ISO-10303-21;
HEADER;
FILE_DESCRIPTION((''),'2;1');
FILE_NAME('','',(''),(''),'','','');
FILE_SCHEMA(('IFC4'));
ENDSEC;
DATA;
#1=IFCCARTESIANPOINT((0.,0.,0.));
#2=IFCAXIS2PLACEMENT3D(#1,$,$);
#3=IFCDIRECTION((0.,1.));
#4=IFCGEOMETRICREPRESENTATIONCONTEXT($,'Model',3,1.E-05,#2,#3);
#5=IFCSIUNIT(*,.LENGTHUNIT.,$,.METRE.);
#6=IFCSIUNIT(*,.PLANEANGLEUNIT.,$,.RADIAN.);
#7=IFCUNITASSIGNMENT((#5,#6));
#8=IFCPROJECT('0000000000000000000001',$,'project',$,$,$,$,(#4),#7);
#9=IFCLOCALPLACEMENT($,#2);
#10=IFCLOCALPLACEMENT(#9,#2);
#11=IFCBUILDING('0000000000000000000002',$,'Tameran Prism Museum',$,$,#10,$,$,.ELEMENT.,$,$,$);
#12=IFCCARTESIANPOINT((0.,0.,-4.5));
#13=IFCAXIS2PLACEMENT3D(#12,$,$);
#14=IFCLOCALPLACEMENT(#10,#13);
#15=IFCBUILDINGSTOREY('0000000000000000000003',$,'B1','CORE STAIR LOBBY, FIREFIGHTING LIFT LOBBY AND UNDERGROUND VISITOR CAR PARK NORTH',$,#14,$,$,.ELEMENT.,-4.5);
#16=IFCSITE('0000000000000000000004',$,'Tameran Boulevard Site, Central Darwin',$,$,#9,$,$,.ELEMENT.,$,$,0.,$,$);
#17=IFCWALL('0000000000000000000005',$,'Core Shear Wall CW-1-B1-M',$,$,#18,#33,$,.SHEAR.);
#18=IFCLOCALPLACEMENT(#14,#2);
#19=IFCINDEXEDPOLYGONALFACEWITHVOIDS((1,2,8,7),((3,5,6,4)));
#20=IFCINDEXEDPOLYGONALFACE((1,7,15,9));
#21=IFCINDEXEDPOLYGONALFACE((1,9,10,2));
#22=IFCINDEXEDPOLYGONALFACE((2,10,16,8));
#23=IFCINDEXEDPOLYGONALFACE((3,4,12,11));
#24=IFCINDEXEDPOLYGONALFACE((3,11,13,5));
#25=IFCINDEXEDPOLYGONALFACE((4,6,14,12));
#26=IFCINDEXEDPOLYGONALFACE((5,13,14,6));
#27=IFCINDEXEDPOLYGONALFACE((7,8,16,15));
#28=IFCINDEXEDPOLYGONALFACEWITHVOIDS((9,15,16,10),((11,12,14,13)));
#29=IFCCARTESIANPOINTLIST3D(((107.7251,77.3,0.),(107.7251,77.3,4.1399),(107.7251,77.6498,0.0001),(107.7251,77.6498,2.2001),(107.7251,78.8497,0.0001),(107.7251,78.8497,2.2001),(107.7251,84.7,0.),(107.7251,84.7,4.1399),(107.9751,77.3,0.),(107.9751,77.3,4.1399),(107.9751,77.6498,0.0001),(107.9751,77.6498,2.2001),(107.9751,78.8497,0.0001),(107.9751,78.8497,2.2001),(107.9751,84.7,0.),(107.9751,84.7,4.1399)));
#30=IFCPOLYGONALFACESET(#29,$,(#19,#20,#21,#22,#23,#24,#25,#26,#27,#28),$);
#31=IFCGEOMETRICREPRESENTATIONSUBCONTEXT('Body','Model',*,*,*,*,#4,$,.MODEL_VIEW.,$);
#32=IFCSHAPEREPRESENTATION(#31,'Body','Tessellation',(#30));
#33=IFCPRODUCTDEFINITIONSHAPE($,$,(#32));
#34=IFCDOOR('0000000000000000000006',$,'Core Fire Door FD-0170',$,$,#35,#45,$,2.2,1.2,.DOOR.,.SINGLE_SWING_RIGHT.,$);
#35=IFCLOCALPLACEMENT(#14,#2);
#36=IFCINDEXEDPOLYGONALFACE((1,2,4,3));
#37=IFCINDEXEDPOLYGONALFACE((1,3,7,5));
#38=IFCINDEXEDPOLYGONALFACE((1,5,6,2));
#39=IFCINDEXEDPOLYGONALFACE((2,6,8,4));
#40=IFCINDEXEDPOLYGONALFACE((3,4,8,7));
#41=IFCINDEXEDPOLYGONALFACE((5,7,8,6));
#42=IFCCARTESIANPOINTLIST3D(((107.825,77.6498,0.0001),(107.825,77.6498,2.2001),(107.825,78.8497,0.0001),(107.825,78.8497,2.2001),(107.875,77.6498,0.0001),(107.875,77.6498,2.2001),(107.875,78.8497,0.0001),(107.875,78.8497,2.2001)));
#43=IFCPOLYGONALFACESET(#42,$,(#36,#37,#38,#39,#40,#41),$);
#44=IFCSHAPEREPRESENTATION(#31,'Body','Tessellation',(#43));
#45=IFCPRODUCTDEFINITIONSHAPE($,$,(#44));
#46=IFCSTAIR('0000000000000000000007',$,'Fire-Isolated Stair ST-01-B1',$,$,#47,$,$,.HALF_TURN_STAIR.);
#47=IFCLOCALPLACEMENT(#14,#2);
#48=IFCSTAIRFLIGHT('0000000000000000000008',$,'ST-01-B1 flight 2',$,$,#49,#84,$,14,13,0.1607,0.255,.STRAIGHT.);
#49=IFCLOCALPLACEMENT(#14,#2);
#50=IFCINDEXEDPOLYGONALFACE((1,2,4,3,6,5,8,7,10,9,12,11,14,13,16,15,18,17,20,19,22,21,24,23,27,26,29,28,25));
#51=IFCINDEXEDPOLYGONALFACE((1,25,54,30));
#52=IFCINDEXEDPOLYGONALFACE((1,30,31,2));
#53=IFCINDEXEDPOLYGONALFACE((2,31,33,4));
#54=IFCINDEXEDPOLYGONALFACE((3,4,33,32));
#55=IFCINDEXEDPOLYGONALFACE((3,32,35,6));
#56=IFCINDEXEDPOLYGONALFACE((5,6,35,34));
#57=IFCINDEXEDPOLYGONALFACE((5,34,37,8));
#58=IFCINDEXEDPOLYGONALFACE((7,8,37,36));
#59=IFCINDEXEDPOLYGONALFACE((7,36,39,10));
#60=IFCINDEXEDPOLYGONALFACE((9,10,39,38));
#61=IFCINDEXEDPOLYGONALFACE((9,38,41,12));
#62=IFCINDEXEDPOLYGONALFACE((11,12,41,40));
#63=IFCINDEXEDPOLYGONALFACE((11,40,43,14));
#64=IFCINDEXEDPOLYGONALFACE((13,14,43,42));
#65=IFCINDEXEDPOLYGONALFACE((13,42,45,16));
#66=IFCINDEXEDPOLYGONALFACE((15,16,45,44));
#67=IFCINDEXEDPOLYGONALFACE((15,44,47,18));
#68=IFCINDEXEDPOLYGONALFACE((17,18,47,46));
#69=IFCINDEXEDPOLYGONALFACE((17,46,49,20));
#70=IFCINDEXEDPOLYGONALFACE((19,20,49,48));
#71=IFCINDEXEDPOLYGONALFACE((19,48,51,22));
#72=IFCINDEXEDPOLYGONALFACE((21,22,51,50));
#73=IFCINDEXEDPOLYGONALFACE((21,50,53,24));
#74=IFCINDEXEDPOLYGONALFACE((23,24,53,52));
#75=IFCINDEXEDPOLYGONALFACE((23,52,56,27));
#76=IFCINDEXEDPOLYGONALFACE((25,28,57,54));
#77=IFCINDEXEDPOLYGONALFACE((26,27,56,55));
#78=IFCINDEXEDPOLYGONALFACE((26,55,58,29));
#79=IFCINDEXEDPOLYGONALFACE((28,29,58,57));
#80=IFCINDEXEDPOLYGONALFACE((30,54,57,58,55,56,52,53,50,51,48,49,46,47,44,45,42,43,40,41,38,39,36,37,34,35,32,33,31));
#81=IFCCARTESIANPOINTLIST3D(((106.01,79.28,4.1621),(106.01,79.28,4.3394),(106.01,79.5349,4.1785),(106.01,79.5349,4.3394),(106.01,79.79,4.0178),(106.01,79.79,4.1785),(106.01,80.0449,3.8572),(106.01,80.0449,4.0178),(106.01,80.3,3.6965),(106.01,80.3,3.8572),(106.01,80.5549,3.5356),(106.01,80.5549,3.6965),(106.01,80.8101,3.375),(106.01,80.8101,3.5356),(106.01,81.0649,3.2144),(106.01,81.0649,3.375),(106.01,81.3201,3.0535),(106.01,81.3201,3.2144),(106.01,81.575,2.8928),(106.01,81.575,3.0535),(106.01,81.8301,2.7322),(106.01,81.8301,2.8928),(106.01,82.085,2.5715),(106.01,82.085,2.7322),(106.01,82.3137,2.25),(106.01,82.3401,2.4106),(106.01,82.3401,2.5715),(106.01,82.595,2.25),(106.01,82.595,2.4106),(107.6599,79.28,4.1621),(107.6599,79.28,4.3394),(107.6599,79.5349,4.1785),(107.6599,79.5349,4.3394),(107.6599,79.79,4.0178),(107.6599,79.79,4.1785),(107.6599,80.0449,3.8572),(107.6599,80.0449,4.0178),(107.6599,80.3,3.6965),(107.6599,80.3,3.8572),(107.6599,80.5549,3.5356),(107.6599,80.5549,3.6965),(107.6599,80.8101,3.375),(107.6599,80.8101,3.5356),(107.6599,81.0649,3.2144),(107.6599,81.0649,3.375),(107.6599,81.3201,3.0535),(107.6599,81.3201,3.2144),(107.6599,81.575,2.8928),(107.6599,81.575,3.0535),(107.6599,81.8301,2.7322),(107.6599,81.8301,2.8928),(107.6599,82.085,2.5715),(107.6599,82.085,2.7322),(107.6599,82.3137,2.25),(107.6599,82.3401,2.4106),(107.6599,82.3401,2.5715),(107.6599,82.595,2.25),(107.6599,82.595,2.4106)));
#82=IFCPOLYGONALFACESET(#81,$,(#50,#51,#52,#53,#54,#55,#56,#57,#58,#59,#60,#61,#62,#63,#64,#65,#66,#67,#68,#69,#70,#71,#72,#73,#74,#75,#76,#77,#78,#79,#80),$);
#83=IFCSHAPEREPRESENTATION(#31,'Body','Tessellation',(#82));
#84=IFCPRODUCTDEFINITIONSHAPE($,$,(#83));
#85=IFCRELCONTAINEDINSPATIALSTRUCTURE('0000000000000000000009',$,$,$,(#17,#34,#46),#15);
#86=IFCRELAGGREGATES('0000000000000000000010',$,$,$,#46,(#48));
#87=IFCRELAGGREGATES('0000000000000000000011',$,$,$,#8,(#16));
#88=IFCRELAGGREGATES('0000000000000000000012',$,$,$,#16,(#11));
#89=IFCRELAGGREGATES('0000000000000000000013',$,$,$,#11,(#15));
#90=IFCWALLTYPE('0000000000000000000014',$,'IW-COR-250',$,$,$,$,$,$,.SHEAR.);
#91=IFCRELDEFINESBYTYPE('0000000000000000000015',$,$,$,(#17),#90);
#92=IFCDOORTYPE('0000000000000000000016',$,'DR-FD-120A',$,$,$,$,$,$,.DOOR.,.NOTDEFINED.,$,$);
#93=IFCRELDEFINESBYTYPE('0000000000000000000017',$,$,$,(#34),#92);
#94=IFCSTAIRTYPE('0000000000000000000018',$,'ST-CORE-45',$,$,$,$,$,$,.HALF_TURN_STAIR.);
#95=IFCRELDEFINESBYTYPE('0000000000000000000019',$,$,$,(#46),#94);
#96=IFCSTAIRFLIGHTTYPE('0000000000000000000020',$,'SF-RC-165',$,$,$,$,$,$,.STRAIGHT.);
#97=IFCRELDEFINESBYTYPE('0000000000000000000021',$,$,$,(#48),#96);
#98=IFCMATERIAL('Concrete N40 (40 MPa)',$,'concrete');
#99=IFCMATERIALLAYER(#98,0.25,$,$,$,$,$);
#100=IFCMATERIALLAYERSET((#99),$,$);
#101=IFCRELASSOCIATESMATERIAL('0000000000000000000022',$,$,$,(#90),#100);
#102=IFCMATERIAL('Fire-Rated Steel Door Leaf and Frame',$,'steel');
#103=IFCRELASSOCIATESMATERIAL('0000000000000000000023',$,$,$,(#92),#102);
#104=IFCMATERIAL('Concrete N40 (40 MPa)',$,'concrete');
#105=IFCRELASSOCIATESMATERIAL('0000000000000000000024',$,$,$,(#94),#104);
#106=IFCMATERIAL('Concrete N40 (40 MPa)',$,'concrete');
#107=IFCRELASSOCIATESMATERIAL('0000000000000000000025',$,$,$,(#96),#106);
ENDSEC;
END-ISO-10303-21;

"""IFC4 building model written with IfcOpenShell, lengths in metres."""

from ifc_helpers import new_model, si_unit, direction, frame, frame_2d, origin, place, context, subcontext, project, spatial, polyline, rectangle, outline, extrude, material, layer, layer_set, type_object, element, fill, aggregate, save


model = new_model("IFC4")

# Units and contexts
model_context = context("Model", 3, precision=1e-05, world=origin(), true_north=direction((0.0, 1.0)))
body_context = subcontext(model_context, "Body", "Model", "MODEL_VIEW")
ifc_project = project(units=[si_unit("LENGTHUNIT", "METRE"), si_unit("PLANEANGLEUNIT", "RADIAN")], contexts=[model_context])

# Site, building, storey
site_placement = place(None, origin())
site = spatial("IfcSite", under=ifc_project, at=site_placement, Name="Tameran Boulevard Site, Central Darwin", CompositionType="ELEMENT", RefElevation=0.0)
building_placement = place(site_placement, origin())
building = spatial("IfcBuilding", under=site, at=building_placement, Name="Tameran Prism Museum", CompositionType="ELEMENT")
storey_placement = place(building_placement, frame((0.0, 0.0, -4.5)))
storey = spatial("IfcBuildingStorey", under=building, at=storey_placement, Name="B1", Description="CORE STAIR LOBBY, FIREFIGHTING LIFT LOBBY AND UNDERGROUND VISITOR CAR PARK NORTH", CompositionType="ELEMENT", Elevation=-4.5)

# Shared definitions
ifc_material_1 = material(Name="Concrete N40 (40 MPa)", Category="concrete")
ifc_layer_1 = layer(ifc_material_1, 0.25)
ifc_layer_set_1 = layer_set([ifc_layer_1])
wall_type_1 = type_object("IfcWallType", Name="IW-COR-250", PredefinedType="SHEAR", material=ifc_layer_set_1)

# Wall, opening, door
wall_1_placement = place(storey_placement, frame((107.8501, 84.7, 0.0), z_axis=(0.0, 0.0, 1.0), x_axis=(0.0, -1.0, 0.0)))
wall_1 = element("IfcWall", 1, at=wall_1_placement, inside=storey, type_object=wall_type_1, Name="Core Shear Wall CW-1-B1-M", PredefinedType="SHEAR", context=body_context, shape_type="SweptSolid", body=[
    extrude(rectangle(XDim=7.3999, YDim=0.25, at=frame_2d((3.7, 0.0))), origin(), (0.0, 0.0, 1.0), 4.1399),
])
opening_placement = place(wall_1_placement, frame((5.8501, 0.0, 0.0)))
opening = element("IfcOpeningElement", 2, at=opening_placement, cuts=wall_1, PredefinedType="OPENING", context=body_context, shape_type="SweptSolid", body=[
    extrude(rectangle(XDim=1.2, YDim=2.2, at=frame_2d((0.6001, 1.1001))), frame((0.0, 0.135, 0.0), z_axis=(0.0, -1.0, 0.0), x_axis=(1.0, 0.0, 0.0)), (0.0, 0.0, 1.0), 0.27),
])
ifc_material_2 = material(Name="Fire-Rated Steel Door Leaf and Frame", Category="steel")
door_type = type_object("IfcDoorType", Name="DR-FD-120A", OperationType="NOTDEFINED", PredefinedType="DOOR", material=ifc_material_2)
door_placement = place(opening_placement, origin())
door = element("IfcDoor", 3, at=door_placement, inside=storey, type_object=door_type, Name="Core Fire Door FD-0170", OperationType="SINGLE_SWING_RIGHT", OverallHeight=2.2, OverallWidth=1.2, PredefinedType="DOOR", context=body_context, shape_type="SweptSolid", body=[
    extrude(rectangle(XDim=1.2, YDim=2.2, at=frame_2d((0.6001, 1.1001))), frame((0.0, 0.0249, 0.0), z_axis=(0.0, -1.0, 0.0), x_axis=(1.0, 0.0, 0.0)), (0.0, 0.0, 1.0), 0.05),
])
fill(opening, door)

# Stair, stair flight
ifc_material_3 = material(Name="Concrete N40 (40 MPa)", Category="concrete")
stair_type = type_object("IfcStairType", Name="ST-CORE-45", PredefinedType="HALF_TURN_STAIR", material=ifc_material_3)
stair_placement = place(storey_placement, origin())
stair = element("IfcStair", 4, at=stair_placement, inside=storey, type_object=stair_type, Name="Fire-Isolated Stair ST-01-B1", PredefinedType="HALF_TURN_STAIR")
ifc_material_4 = material(Name="Concrete N40 (40 MPa)", Category="concrete")
stair_flight_type = type_object("IfcStairFlightType", Name="SF-RC-165", PredefinedType="STRAIGHT", material=ifc_material_4)
stair_flight_placement = place(storey_placement, frame((106.835, 82.595, 2.25), z_axis=(0.0, 0.0, 1.0), x_axis=(0.0, -1.0, 0.0)))
stair_flight = element("IfcStairFlight", 5, at=stair_flight_placement, type_object=stair_flight_type, Name="ST-01-B1 flight 2", NumberOfRisers=14, NumberOfTreads=13, PredefinedType="STRAIGHT", RiserHeight=0.1607, TreadLength=0.255, context=body_context, shape_type="SweptSolid", body=[
    extrude(outline(polyline([(0.0, 0.0), (0.0, 0.1606), (0.2549, 0.1606), (0.2549, 0.3215), (0.51, 0.3215), (0.51, 0.4822), (0.7649, 0.4822), (0.7649, 0.6428), (1.02, 0.6428), (1.02, 0.8035), (1.2749, 0.8035), (1.2749, 0.9644), (1.53, 0.9644), (1.53, 1.125), (1.7849, 1.125), (1.7849, 1.2856), (2.04, 1.2856), (2.04, 1.4465), (2.2949, 1.4465), (2.2949, 1.6072), (2.55, 1.6072), (2.55, 1.7678), (2.8049, 1.7678), (2.8049, 1.9285), (3.0601, 1.9285), (3.0601, 2.0894), (3.3149, 2.0894), (3.3149, 2.25), (3.3149, 1.9121), (0.2812, 0.0), (0.0, 0.0)])), frame((0.0, 0.825, 0.0), z_axis=(0.0, -1.0, 0.0), x_axis=(1.0, 0.0, 0.0)), (0.0, 0.0, 1.0), 1.6499),
])
aggregate(stair, [stair_flight])

save(model, "model.ifc")
